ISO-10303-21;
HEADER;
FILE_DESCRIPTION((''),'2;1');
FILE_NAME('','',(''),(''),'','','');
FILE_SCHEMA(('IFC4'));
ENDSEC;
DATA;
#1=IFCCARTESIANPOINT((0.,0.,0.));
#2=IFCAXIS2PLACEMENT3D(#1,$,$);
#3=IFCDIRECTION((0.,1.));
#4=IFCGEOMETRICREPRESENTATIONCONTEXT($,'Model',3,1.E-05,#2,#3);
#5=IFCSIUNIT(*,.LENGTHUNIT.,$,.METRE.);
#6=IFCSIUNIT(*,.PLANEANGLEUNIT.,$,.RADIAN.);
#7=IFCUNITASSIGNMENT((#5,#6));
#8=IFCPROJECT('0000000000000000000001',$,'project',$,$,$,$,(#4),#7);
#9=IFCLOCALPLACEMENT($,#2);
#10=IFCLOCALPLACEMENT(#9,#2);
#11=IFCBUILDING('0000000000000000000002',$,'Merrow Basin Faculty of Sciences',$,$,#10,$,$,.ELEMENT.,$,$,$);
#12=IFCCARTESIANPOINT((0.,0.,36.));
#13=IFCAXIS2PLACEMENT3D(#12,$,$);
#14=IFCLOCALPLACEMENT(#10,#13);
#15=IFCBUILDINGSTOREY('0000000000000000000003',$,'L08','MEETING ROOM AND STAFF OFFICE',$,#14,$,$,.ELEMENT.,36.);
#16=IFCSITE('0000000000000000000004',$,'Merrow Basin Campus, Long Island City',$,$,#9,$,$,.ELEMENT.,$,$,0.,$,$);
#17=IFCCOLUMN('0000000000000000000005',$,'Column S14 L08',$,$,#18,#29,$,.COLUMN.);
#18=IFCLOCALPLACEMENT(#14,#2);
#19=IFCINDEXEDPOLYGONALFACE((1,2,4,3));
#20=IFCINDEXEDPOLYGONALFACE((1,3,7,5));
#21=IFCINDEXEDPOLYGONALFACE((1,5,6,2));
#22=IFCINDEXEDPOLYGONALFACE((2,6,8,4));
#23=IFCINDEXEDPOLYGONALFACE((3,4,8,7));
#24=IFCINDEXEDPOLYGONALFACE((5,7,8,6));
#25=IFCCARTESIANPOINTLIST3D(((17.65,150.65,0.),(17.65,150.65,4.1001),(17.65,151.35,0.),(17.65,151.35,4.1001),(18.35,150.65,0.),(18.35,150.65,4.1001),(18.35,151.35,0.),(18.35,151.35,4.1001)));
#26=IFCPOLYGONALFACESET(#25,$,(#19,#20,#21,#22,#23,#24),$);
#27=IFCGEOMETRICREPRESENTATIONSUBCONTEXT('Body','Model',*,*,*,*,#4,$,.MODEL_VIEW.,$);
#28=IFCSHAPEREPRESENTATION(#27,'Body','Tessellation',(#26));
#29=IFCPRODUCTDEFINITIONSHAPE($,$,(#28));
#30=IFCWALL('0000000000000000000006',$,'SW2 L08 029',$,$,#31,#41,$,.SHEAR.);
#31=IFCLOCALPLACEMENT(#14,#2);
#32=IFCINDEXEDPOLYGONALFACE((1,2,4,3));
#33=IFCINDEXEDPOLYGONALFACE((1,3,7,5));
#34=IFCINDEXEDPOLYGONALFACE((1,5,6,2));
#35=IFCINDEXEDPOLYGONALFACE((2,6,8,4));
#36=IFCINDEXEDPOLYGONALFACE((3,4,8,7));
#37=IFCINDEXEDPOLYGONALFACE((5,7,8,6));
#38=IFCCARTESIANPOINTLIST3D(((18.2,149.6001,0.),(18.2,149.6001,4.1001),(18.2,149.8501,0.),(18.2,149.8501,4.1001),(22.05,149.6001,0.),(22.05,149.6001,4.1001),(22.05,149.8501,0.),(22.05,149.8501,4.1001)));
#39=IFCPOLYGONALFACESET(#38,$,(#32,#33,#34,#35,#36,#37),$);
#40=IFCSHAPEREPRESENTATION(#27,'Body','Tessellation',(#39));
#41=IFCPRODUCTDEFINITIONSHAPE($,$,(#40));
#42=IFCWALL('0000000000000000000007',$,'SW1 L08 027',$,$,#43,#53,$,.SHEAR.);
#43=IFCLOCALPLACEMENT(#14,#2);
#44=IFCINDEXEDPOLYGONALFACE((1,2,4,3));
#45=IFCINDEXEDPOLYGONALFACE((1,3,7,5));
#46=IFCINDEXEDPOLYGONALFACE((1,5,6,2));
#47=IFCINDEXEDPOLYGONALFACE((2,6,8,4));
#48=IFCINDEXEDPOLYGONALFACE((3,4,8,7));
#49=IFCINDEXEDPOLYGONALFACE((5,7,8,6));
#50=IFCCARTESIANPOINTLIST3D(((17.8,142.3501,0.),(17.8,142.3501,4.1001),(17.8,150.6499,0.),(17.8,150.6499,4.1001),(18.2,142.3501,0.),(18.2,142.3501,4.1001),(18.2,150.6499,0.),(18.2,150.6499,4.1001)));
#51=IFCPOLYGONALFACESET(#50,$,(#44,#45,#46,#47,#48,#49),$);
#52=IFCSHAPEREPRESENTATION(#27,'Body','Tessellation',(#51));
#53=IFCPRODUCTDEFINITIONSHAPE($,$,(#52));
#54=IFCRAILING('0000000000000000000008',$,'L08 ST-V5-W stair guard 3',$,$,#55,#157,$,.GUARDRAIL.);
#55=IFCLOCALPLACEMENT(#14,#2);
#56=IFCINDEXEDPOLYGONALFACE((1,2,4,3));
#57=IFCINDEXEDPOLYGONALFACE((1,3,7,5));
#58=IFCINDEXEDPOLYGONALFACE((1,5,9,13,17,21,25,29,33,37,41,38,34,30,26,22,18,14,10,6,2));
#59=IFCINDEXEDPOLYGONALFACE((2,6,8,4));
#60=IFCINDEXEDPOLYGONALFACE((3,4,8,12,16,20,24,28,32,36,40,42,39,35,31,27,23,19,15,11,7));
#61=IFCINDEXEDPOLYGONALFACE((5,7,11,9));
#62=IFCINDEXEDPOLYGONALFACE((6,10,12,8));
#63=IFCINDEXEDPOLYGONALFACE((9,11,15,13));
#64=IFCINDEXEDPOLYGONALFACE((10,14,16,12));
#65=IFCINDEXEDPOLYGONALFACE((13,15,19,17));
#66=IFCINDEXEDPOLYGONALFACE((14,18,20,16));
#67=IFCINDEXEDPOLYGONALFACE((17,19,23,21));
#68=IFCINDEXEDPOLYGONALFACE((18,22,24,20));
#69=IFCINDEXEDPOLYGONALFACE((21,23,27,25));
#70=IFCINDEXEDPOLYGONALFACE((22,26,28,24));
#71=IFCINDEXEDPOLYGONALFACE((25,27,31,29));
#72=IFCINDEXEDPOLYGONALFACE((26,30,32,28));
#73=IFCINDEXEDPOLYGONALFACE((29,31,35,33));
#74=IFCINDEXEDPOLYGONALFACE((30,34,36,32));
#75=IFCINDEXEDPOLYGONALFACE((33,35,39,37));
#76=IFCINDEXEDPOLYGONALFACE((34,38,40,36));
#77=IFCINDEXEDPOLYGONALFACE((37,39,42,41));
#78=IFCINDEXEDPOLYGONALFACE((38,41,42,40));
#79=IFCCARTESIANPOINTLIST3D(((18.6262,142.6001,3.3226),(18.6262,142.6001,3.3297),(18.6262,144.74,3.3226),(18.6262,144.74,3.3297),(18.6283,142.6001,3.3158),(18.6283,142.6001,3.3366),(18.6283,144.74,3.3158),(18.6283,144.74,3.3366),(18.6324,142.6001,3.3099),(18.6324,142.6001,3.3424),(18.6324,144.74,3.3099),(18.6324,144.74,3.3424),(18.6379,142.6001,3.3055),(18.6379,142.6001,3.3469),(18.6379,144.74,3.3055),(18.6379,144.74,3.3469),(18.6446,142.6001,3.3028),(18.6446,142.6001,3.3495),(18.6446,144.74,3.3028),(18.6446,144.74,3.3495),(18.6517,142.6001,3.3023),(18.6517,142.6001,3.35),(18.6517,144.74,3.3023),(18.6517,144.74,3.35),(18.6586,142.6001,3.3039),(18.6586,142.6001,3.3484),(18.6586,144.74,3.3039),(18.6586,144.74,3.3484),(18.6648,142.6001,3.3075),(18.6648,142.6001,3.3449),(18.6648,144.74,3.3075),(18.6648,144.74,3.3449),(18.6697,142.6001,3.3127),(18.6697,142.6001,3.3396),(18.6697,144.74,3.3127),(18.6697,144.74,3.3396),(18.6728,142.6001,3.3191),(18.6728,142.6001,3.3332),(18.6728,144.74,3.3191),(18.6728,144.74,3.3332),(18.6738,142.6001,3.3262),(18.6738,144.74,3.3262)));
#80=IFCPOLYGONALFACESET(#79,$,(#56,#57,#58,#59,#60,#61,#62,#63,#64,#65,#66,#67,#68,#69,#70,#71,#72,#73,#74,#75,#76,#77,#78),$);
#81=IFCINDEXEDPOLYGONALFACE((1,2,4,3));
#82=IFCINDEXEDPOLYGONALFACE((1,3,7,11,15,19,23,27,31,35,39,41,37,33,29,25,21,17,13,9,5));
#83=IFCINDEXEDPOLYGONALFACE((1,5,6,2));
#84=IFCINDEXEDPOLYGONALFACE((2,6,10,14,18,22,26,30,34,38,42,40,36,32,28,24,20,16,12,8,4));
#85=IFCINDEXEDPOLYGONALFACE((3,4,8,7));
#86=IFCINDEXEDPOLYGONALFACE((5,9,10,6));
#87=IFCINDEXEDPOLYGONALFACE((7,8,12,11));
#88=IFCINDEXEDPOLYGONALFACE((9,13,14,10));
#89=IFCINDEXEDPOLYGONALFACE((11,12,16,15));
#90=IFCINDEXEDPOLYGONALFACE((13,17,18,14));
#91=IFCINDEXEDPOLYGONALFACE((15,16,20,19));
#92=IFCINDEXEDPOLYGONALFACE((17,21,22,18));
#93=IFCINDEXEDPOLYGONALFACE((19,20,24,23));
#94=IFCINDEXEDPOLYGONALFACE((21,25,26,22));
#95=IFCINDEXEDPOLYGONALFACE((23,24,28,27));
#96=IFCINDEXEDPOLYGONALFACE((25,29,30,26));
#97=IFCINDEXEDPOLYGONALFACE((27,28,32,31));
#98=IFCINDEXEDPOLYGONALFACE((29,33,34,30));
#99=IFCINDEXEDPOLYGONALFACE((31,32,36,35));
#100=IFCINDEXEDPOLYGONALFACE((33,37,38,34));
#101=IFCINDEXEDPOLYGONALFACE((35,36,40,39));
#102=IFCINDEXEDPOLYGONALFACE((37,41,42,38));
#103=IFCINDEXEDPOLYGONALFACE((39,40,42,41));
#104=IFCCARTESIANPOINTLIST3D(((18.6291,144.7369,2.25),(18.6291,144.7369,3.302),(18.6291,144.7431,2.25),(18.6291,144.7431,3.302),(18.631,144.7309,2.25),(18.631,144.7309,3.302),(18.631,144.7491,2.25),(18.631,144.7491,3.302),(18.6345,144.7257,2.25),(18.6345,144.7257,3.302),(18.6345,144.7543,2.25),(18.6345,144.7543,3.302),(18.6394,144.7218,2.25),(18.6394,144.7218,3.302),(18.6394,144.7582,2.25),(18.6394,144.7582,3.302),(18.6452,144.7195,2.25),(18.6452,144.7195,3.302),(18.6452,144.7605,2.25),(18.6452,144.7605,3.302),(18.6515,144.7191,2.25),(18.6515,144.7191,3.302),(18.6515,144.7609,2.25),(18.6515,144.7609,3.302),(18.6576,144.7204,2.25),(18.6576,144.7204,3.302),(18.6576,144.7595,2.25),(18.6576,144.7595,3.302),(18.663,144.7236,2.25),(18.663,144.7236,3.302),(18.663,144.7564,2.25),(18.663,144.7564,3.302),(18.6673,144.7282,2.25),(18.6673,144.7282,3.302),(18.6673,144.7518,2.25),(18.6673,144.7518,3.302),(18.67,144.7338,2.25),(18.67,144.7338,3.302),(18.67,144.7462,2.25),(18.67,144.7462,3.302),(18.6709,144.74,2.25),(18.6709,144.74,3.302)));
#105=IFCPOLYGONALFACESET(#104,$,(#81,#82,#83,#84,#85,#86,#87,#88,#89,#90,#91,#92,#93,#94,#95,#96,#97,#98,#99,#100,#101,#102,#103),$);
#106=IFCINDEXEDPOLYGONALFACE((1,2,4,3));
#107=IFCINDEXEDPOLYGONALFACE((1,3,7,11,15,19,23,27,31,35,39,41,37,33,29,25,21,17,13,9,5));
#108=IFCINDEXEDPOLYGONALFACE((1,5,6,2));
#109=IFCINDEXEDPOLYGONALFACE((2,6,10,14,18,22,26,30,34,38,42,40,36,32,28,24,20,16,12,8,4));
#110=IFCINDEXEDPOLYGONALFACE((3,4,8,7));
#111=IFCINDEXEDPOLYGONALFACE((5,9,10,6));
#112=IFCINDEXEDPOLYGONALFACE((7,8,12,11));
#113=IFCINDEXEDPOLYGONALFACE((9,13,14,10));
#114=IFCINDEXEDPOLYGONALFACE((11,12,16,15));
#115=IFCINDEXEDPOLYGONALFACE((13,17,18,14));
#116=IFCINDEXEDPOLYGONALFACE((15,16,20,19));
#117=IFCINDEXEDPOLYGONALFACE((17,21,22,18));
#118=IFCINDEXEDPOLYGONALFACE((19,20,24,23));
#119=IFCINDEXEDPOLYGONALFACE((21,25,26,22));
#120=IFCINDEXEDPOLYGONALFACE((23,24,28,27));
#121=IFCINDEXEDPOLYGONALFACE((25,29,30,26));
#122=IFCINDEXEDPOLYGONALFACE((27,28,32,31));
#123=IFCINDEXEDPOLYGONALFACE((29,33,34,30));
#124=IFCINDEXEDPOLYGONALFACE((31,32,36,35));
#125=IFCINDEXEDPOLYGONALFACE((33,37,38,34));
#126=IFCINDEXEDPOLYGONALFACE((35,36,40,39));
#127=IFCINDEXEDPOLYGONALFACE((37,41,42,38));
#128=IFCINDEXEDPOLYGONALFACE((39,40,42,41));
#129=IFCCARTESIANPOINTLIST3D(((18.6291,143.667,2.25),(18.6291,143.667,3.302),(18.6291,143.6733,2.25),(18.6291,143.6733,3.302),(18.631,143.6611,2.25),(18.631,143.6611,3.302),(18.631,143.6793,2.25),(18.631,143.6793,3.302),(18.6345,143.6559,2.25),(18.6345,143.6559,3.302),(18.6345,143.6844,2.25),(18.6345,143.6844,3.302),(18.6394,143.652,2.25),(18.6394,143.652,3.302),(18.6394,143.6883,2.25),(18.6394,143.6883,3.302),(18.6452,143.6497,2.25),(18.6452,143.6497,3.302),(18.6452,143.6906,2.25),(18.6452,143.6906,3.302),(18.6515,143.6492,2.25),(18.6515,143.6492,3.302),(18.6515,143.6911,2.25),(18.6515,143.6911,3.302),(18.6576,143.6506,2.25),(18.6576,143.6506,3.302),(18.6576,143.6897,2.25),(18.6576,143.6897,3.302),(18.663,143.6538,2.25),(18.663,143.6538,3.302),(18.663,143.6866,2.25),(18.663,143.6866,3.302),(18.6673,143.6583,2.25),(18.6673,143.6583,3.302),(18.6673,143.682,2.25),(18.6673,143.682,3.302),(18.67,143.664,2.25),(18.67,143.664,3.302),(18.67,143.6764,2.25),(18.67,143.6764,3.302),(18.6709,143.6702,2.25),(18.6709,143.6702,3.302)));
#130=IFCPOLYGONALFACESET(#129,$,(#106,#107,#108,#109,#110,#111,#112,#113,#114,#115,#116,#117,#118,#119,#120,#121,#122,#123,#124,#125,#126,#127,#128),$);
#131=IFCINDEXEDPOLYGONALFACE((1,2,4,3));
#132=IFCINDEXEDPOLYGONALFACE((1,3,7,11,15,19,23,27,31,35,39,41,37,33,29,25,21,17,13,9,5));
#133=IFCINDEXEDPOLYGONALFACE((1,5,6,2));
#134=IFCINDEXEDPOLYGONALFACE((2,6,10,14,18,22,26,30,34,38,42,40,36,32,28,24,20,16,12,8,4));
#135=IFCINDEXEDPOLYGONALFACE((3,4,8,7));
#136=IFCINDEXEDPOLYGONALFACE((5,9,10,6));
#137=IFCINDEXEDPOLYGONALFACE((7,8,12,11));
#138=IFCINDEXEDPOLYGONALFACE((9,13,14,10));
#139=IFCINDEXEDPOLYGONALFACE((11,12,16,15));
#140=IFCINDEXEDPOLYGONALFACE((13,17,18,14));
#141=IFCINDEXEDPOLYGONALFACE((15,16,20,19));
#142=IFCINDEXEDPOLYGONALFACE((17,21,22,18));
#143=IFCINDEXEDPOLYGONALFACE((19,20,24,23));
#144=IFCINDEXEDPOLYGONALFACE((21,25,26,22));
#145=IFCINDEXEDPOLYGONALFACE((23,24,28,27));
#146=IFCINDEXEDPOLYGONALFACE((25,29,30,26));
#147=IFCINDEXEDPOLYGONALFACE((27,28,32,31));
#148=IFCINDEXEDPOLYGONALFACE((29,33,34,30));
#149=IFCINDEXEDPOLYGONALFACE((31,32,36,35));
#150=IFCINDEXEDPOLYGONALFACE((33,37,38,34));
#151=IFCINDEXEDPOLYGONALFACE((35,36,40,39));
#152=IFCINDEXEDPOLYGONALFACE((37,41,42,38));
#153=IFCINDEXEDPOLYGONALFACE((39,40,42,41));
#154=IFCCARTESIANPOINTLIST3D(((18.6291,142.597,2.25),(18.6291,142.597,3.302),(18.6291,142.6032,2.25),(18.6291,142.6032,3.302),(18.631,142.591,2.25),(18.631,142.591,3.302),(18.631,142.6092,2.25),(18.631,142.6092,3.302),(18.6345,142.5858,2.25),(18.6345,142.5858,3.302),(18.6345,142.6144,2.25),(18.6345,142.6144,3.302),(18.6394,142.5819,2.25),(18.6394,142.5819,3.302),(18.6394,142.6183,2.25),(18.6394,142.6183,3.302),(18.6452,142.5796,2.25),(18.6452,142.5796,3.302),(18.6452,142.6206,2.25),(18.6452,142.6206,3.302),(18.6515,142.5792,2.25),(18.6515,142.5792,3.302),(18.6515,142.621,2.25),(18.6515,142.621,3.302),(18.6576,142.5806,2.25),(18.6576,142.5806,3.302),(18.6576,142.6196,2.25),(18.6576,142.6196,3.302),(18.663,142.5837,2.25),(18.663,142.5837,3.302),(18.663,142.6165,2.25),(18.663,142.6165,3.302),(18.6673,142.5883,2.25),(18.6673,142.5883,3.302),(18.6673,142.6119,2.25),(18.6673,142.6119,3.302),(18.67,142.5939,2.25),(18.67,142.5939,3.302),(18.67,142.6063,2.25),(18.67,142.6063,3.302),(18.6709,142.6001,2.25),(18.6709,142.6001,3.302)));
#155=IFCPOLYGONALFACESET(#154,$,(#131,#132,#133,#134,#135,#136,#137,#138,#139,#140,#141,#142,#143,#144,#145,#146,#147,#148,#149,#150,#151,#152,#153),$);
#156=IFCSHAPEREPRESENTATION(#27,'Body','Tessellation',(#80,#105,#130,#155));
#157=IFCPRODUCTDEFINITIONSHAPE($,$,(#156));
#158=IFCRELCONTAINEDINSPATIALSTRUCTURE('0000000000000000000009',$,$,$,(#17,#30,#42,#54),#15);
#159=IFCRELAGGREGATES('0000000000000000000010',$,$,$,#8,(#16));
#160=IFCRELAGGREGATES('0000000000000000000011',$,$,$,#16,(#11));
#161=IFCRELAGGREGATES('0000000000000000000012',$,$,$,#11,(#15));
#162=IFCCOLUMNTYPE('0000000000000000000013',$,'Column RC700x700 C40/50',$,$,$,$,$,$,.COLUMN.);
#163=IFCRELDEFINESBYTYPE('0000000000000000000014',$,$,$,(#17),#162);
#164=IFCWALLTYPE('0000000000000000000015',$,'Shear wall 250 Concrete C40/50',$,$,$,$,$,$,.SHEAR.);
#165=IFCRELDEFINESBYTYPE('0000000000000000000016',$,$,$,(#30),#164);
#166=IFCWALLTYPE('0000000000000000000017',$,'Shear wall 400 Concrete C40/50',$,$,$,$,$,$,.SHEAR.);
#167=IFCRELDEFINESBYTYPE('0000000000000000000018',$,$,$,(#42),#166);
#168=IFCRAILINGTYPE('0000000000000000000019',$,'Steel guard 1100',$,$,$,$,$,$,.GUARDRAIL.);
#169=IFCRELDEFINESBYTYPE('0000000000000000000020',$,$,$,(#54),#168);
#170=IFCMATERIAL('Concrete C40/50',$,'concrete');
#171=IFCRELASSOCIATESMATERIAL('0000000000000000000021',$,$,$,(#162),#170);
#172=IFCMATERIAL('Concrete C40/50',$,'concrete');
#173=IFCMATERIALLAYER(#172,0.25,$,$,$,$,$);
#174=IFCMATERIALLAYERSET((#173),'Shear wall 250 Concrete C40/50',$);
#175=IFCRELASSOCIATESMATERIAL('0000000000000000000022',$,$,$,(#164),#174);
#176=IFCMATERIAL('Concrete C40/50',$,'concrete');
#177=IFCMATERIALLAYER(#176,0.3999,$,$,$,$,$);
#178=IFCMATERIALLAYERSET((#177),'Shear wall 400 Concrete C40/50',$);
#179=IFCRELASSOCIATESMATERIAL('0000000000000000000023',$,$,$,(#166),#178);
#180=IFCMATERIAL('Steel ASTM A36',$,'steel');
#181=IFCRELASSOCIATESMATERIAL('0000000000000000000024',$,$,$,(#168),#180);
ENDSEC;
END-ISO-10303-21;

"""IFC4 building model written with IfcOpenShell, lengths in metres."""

from ifc_helpers import new_model, si_unit, direction, frame, frame_2d, origin, origin_2d, place, context, subcontext, project, spatial, rectangle, circle, extrude, material, layer, layer_set, material_profile, profile_set, type_object, element, save


model = new_model("IFC4")

# Units and contexts
model_context = context("Model", 3, precision=1e-05, world=origin(), true_north=direction((0.0, 1.0)))
body_context = subcontext(model_context, "Body", "Model", "MODEL_VIEW")
ifc_project = project(units=[si_unit("LENGTHUNIT", "METRE"), si_unit("PLANEANGLEUNIT", "RADIAN")], contexts=[model_context])

# Site, building, storey
site_placement = place(None, origin())
site = spatial("IfcSite", under=ifc_project, at=site_placement, Name="Merrow Basin Campus, Long Island City", CompositionType="ELEMENT", RefElevation=0.0)
building_placement = place(site_placement, origin())
building = spatial("IfcBuilding", under=site, at=building_placement, Name="Merrow Basin Faculty of Sciences", CompositionType="ELEMENT")
storey_placement = place(building_placement, frame((0.0, 0.0, 36.0)))
storey = spatial("IfcBuildingStorey", under=building, at=storey_placement, Name="L08", Description="MEETING ROOM AND STAFF OFFICE", CompositionType="ELEMENT", Elevation=36.0)

# Column
ifc_material_1 = material(Name="Concrete C40/50", Category="concrete")
ifc_material_profile = material_profile(ifc_material_1, rectangle(XDim=0.7, YDim=0.7, at=origin_2d()))
ifc_profile_set = profile_set([ifc_material_profile], Name="Concrete C40/50")
column_type = type_object("IfcColumnType", Name="Column RC700x700 C40/50", PredefinedType="COLUMN", material=ifc_profile_set)
column_placement = place(storey_placement, frame((18.0, 151.0, 0.0), z_axis=(0.0, 0.0, 1.0), x_axis=(1.0, 0.0, 0.0)))
element("IfcColumn", 1, at=column_placement, inside=storey, type_object=column_type, Name="Column S14 L08", PredefinedType="COLUMN", context=body_context, shape_type="SweptSolid", body=[
    extrude(rectangle(XDim=0.7, YDim=0.7, at=origin_2d()), origin(), (0.0, 0.0, 1.0), 4.1001),
])

# Wall
ifc_material_2 = material(Name="Concrete C40/50", Category="concrete")
ifc_layer_1 = layer(ifc_material_2, 0.25)
ifc_layer_set_1 = layer_set([ifc_layer_1], Name="Shear wall 250 Concrete C40/50")
wall_type_1 = type_object("IfcWallType", Name="Shear wall 250 Concrete C40/50", PredefinedType="SHEAR", material=ifc_layer_set_1)
wall_1_placement = place(storey_placement, frame((18.2, 149.7251, 0.0), z_axis=(0.0, 0.0, 1.0), x_axis=(1.0, 0.0, 0.0)))
element("IfcWall", 2, at=wall_1_placement, inside=storey, type_object=wall_type_1, Name="SW2 L08 029", PredefinedType="SHEAR", context=body_context, shape_type="SweptSolid", body=[
    extrude(rectangle(XDim=3.8501, YDim=0.25, at=frame_2d((1.925, 0.0))), origin(), (0.0, 0.0, 1.0), 4.1001),
])

# Shared definitions
ifc_material_3 = material(Name="Concrete C40/50", Category="concrete")
ifc_layer_2 = layer(ifc_material_3, 0.3999)
ifc_layer_set_2 = layer_set([ifc_layer_2], Name="Shear wall 400 Concrete C40/50")
wall_type_2 = type_object("IfcWallType", Name="Shear wall 400 Concrete C40/50", PredefinedType="SHEAR", material=ifc_layer_set_2)

# Wall
wall_2_placement = place(storey_placement, frame((18.0, 142.3501, 0.0), z_axis=(0.0, 0.0, 1.0), x_axis=(0.0, 1.0, 0.0)))
element("IfcWall", 3, at=wall_2_placement, inside=storey, type_object=wall_type_2, Name="SW1 L08 027", PredefinedType="SHEAR", context=body_context, shape_type="SweptSolid", body=[
    extrude(rectangle(XDim=8.2998, YDim=0.3999, at=frame_2d((4.1499, 0.0))), origin(), (0.0, 0.0, 1.0), 4.1001),
])

# Railing
ifc_material_4 = material(Name="Steel ASTM A36", Category="steel")
railing_type_1 = type_object("IfcRailingType", Name="Steel guard 1100", PredefinedType="GUARDRAIL", material=ifc_material_4)
railing_1_placement = place(storey_placement, frame((18.6499, 144.74, 2.25)))
element("IfcRailing", 4, at=railing_1_placement, inside=storey, type_object=railing_type_1, Name="L08 ST-V5-W stair guard 3", PredefinedType="GUARDRAIL", context=body_context, shape_type="SweptSolid", body=[
    extrude(circle(Radius=0.0239, at=origin_2d()), frame((0.0, 0.0, 1.0762), z_axis=(0.0, -1.0, 0.0), x_axis=(1.0, 0.0, 0.0)), (0.0, 0.0, 1.0), 2.1399),
    extrude(circle(Radius=0.021, at=origin_2d()), origin(), (0.0, 0.0, 1.0), 1.052),
    extrude(circle(Radius=0.021, at=origin_2d()), frame((0.0, -1.0698, 0.0)), (0.0, 0.0, 1.0), 1.052),
    extrude(circle(Radius=0.021, at=origin_2d()), frame((0.0, -2.1399, 0.0)), (0.0, 0.0, 1.0), 1.052),
])

save(model, "model.ifc")
